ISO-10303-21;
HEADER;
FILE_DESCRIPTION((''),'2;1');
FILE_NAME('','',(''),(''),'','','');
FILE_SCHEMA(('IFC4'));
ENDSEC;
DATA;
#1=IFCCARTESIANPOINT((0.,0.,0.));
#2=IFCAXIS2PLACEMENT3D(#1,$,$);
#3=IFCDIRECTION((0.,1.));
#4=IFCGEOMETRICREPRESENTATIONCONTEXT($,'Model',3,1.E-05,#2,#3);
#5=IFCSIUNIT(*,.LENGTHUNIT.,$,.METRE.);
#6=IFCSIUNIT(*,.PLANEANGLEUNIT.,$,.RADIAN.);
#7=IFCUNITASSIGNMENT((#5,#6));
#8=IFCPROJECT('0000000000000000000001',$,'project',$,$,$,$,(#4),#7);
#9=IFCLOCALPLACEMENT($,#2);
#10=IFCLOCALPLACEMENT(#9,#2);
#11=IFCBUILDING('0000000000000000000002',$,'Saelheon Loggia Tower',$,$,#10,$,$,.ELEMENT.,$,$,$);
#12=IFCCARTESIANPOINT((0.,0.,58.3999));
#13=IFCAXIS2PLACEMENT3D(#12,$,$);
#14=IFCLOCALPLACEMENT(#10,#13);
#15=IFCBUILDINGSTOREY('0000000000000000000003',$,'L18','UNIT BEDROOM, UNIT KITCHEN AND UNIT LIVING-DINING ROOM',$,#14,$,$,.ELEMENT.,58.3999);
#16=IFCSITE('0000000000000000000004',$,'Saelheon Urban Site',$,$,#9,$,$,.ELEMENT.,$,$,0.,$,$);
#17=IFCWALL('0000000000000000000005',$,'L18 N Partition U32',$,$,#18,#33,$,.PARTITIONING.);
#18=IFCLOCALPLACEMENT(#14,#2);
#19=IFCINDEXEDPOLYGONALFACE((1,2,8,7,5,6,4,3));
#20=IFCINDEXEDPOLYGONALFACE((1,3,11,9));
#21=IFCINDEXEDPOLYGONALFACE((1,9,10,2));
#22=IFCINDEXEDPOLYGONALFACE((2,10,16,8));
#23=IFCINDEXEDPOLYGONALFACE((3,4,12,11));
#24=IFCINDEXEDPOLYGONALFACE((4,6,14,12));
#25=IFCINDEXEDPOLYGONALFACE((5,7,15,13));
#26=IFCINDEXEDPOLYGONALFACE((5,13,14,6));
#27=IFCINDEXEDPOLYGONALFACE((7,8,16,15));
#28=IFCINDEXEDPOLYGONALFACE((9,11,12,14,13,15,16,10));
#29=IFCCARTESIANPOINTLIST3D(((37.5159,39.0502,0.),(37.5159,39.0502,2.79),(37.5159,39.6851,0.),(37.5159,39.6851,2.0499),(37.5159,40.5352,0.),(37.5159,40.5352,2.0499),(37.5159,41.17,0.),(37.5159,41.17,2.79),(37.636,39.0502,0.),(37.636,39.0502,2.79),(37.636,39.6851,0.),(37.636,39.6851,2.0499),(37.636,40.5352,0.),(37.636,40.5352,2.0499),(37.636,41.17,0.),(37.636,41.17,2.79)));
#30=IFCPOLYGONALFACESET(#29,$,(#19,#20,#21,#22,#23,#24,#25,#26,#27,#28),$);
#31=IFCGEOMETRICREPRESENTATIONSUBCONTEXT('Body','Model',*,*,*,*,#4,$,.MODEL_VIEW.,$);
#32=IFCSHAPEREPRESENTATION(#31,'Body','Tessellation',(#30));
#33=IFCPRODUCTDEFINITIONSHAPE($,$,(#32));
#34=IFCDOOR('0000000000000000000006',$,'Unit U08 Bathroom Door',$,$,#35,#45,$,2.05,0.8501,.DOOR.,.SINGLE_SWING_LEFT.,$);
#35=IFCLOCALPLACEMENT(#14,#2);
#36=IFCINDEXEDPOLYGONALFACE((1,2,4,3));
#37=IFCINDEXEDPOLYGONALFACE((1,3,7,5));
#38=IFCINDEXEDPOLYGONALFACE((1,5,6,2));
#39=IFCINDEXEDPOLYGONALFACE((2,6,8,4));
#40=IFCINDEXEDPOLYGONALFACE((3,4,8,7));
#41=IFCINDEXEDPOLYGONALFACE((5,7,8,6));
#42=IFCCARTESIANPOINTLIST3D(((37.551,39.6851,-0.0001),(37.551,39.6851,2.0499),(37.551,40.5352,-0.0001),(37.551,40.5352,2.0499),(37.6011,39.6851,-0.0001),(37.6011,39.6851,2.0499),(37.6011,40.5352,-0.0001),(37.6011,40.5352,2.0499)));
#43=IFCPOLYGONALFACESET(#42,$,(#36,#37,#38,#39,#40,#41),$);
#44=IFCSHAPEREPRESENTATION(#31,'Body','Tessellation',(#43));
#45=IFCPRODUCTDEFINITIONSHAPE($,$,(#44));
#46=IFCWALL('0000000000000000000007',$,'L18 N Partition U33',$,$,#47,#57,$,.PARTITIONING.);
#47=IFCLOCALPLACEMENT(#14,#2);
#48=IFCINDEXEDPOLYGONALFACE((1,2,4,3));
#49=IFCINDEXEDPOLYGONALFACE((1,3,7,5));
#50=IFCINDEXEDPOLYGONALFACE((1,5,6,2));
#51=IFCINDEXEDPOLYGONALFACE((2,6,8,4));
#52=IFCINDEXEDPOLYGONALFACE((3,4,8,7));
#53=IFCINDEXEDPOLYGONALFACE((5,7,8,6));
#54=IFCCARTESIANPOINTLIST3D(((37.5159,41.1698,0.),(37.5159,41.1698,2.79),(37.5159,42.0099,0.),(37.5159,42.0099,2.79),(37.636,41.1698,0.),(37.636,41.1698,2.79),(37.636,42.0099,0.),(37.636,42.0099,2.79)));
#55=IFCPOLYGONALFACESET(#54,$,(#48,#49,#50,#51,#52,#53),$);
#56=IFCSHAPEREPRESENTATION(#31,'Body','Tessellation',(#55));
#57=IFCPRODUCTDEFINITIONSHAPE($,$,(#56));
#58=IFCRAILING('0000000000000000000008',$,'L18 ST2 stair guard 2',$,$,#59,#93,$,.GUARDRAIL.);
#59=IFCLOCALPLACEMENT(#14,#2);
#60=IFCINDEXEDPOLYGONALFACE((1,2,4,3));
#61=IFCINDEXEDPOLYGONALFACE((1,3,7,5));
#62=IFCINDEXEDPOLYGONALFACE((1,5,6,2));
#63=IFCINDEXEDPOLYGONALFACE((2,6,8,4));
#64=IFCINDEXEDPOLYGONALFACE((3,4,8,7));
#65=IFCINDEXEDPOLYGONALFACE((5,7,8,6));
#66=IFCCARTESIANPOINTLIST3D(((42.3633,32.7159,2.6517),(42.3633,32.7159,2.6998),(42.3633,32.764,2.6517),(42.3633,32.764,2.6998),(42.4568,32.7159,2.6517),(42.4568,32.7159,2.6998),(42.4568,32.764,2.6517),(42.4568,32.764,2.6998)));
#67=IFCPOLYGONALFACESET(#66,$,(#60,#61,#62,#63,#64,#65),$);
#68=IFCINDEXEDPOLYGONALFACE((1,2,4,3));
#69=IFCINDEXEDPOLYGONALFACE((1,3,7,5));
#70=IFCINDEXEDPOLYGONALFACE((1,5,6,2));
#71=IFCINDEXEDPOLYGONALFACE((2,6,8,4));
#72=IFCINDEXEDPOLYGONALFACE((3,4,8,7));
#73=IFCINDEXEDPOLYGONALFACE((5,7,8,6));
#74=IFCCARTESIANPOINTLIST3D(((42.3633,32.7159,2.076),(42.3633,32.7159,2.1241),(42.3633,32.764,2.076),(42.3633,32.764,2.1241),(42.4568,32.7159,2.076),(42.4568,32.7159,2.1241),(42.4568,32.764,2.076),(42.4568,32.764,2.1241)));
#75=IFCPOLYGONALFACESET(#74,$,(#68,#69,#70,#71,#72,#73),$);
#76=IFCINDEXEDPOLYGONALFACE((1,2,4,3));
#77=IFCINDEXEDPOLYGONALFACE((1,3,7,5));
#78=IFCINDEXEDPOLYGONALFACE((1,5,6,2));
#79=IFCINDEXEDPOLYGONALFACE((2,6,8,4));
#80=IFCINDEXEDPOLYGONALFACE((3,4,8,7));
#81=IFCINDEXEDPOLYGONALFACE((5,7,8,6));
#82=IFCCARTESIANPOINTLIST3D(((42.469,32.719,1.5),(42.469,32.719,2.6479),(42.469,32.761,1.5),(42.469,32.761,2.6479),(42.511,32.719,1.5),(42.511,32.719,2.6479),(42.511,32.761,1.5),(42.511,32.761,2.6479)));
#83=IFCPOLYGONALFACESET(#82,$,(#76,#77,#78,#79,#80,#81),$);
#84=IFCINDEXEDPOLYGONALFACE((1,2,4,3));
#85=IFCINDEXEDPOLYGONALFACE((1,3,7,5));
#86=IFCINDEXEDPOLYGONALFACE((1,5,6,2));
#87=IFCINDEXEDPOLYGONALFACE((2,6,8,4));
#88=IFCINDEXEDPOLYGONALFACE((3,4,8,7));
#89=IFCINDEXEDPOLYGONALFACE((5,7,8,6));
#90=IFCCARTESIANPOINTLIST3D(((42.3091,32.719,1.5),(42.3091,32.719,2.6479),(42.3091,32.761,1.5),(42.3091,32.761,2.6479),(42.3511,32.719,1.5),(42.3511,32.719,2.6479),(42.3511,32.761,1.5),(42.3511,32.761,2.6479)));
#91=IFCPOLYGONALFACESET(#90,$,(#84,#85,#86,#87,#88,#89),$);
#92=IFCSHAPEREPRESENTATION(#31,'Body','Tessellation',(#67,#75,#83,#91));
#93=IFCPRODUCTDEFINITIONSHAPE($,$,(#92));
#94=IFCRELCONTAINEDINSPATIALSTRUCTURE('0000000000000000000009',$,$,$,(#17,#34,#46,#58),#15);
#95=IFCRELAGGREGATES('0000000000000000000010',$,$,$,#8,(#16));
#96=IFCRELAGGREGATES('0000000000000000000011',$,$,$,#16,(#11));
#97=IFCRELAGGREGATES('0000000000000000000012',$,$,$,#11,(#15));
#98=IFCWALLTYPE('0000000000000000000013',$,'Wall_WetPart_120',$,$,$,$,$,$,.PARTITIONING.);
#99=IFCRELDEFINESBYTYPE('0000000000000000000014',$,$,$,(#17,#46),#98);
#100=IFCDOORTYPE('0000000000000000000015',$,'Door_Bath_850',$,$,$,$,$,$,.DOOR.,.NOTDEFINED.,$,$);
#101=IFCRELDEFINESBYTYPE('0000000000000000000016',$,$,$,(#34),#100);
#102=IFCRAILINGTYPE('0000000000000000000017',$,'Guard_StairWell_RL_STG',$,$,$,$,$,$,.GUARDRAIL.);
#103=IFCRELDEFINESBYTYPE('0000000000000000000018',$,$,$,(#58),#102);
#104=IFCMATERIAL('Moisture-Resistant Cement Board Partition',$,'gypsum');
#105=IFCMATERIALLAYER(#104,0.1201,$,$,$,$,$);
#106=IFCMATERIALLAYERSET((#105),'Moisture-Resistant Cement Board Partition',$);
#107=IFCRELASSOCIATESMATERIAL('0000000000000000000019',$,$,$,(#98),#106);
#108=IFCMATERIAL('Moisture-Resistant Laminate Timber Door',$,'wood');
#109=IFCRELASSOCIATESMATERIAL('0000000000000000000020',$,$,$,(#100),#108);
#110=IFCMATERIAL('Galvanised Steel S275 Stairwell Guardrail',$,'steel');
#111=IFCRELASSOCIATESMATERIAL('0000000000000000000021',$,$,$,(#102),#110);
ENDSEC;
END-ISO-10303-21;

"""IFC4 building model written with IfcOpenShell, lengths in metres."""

from ifc_helpers import new_model, si_unit, direction, frame, frame_2d, origin, origin_2d, place, context, subcontext, project, spatial, rectangle, extrude, source, transform, mapped, material, layer, layer_set, type_object, element, fill, save


model = new_model("IFC4")

# Units and contexts
model_context = context("Model", 3, precision=1e-05, world=origin(), true_north=direction((0.0, 1.0)))
body_context = subcontext(model_context, "Body", "Model", "MODEL_VIEW")
ifc_project = project(units=[si_unit("LENGTHUNIT", "METRE"), si_unit("PLANEANGLEUNIT", "RADIAN")], contexts=[model_context])

# Site, building, storey
site_placement = place(None, origin())
site = spatial("IfcSite", under=ifc_project, at=site_placement, Name="Saelheon Urban Site", CompositionType="ELEMENT", RefElevation=0.0)
building_placement = place(site_placement, origin())
building = spatial("IfcBuilding", under=site, at=building_placement, Name="Saelheon Loggia Tower", CompositionType="ELEMENT")
storey_placement = place(building_placement, frame((0.0, 0.0, 58.3999)))
storey = spatial("IfcBuildingStorey", under=building, at=storey_placement, Name="L18", Description="UNIT BEDROOM, UNIT KITCHEN AND UNIT LIVING-DINING ROOM", CompositionType="ELEMENT", Elevation=58.3999)

# Shared definitions
ifc_material_1 = material(Name="Moisture-Resistant Cement Board Partition", Category="gypsum")
ifc_layer_1 = layer(ifc_material_1, 0.1201)
ifc_layer_set_1 = layer_set([ifc_layer_1], Name="Moisture-Resistant Cement Board Partition")
wall_type_1 = type_object("IfcWallType", Name="Wall_WetPart_120", PredefinedType="PARTITIONING", material=ifc_layer_set_1)

# Wall, opening, door
wall_1_placement = place(storey_placement, frame((37.5759, 39.05, 0.0), z_axis=(0.0, 0.0, 1.0), x_axis=(0.0, 1.0, 0.0)))
wall_1 = element("IfcWall", 1, at=wall_1_placement, inside=storey, type_object=wall_type_1, Name="L18 N Partition U32", PredefinedType="PARTITIONING", context=body_context, shape_type="SweptSolid", body=[
    extrude(rectangle(XDim=2.1199, YDim=0.1201, at=frame_2d((1.0601, 0.0))), origin(), (0.0, 0.0, 1.0), 2.79),
])
opening_1_placement = place(wall_1_placement, frame((0.635, 0.0, 0.0)))
opening_1 = element("IfcOpeningElement", 2, at=opening_1_placement, cuts=wall_1, PredefinedType="OPENING", context=body_context, shape_type="SweptSolid", body=[
    extrude(rectangle(XDim=0.8501, YDim=2.05, at=frame_2d((0.425, 1.0249))), frame((0.0, 0.072, 0.0), z_axis=(0.0, -1.0, 0.0), x_axis=(1.0, 0.0, 0.0)), (0.0, 0.0, 1.0), 0.144),
])
ifc_material_2 = material(Name="Moisture-Resistant Laminate Timber Door", Category="wood")
door_type_1 = type_object("IfcDoorType", Name="Door_Bath_850", OperationType="NOTDEFINED", PredefinedType="DOOR", material=ifc_material_2)
shared_shape_1 = source(origin(), body_context, "Body", "SweptSolid", [
    extrude(rectangle(XDim=0.8501, YDim=2.05, at=frame_2d((0.425, 1.0249))), frame((0.0, 0.0249, 0.0), z_axis=(0.0, -1.0, 0.0), x_axis=(1.0, 0.0, 0.0)), (0.0, 0.0, 1.0), 0.05),
])
door_1_placement = place(opening_1_placement, origin())
door_1 = element("IfcDoor", 3, at=door_1_placement, inside=storey, type_object=door_type_1, Name="Unit U08 Bathroom Door", OperationType="SINGLE_SWING_LEFT", OverallHeight=2.05, OverallWidth=0.8501, PredefinedType="DOOR", context=body_context, shape_type="MappedRepresentation", body=[
    mapped(shared_shape_1, transform((0.0, 0.0, 0.0), scale=1.0)),
])
fill(opening_1, door_1)

# Wall
wall_2_placement = place(storey_placement, frame((37.5759, 41.1699, 0.0), z_axis=(0.0, 0.0, 1.0), x_axis=(0.0, 1.0, 0.0)))
element("IfcWall", 4, at=wall_2_placement, inside=storey, type_object=wall_type_1, Name="L18 N Partition U33", PredefinedType="PARTITIONING", context=body_context, shape_type="SweptSolid", body=[
    extrude(rectangle(XDim=0.8401, YDim=0.1201, at=frame_2d((0.4199, 0.0))), origin(), (0.0, 0.0, 1.0), 2.79),
])

# Railing
ifc_material_3 = material(Name="Galvanised Steel S275 Stairwell Guardrail", Category="steel")
railing_type = type_object("IfcRailingType", Name="Guard_StairWell_RL_STG", PredefinedType="GUARDRAIL", material=ifc_material_3)
railing_placement = place(storey_placement, frame((42.49, 32.74, 1.5)))
element("IfcRailing", 5, at=railing_placement, inside=storey, type_object=railing_type, Name="L18 ST2 stair guard 2", PredefinedType="GUARDRAIL", context=body_context, shape_type="SweptSolid", body=[
    extrude(rectangle(XDim=0.0481, YDim=0.0481, at=origin_2d()), frame((-0.0332, 0.0, 1.1758), z_axis=(-1.0, 0.0, 0.0), x_axis=(0.0, -1.0, 0.0)), (0.0, 0.0, 1.0), 0.0935),
    extrude(rectangle(XDim=0.0481, YDim=0.0481, at=origin_2d()), frame((-0.0332, 0.0, 0.6001), z_axis=(-1.0, 0.0, 0.0), x_axis=(0.0, -1.0, 0.0)), (0.0, 0.0, 1.0), 0.0935),
    extrude(rectangle(XDim=0.042, YDim=0.042, at=origin_2d()), origin(), (0.0, 0.0, 1.0), 1.1479),
    extrude(rectangle(XDim=0.042, YDim=0.042, at=origin_2d()), frame((-0.1599, 0.0, 0.0)), (0.0, 0.0, 1.0), 1.1479),
])

save(model, "model.ifc")
